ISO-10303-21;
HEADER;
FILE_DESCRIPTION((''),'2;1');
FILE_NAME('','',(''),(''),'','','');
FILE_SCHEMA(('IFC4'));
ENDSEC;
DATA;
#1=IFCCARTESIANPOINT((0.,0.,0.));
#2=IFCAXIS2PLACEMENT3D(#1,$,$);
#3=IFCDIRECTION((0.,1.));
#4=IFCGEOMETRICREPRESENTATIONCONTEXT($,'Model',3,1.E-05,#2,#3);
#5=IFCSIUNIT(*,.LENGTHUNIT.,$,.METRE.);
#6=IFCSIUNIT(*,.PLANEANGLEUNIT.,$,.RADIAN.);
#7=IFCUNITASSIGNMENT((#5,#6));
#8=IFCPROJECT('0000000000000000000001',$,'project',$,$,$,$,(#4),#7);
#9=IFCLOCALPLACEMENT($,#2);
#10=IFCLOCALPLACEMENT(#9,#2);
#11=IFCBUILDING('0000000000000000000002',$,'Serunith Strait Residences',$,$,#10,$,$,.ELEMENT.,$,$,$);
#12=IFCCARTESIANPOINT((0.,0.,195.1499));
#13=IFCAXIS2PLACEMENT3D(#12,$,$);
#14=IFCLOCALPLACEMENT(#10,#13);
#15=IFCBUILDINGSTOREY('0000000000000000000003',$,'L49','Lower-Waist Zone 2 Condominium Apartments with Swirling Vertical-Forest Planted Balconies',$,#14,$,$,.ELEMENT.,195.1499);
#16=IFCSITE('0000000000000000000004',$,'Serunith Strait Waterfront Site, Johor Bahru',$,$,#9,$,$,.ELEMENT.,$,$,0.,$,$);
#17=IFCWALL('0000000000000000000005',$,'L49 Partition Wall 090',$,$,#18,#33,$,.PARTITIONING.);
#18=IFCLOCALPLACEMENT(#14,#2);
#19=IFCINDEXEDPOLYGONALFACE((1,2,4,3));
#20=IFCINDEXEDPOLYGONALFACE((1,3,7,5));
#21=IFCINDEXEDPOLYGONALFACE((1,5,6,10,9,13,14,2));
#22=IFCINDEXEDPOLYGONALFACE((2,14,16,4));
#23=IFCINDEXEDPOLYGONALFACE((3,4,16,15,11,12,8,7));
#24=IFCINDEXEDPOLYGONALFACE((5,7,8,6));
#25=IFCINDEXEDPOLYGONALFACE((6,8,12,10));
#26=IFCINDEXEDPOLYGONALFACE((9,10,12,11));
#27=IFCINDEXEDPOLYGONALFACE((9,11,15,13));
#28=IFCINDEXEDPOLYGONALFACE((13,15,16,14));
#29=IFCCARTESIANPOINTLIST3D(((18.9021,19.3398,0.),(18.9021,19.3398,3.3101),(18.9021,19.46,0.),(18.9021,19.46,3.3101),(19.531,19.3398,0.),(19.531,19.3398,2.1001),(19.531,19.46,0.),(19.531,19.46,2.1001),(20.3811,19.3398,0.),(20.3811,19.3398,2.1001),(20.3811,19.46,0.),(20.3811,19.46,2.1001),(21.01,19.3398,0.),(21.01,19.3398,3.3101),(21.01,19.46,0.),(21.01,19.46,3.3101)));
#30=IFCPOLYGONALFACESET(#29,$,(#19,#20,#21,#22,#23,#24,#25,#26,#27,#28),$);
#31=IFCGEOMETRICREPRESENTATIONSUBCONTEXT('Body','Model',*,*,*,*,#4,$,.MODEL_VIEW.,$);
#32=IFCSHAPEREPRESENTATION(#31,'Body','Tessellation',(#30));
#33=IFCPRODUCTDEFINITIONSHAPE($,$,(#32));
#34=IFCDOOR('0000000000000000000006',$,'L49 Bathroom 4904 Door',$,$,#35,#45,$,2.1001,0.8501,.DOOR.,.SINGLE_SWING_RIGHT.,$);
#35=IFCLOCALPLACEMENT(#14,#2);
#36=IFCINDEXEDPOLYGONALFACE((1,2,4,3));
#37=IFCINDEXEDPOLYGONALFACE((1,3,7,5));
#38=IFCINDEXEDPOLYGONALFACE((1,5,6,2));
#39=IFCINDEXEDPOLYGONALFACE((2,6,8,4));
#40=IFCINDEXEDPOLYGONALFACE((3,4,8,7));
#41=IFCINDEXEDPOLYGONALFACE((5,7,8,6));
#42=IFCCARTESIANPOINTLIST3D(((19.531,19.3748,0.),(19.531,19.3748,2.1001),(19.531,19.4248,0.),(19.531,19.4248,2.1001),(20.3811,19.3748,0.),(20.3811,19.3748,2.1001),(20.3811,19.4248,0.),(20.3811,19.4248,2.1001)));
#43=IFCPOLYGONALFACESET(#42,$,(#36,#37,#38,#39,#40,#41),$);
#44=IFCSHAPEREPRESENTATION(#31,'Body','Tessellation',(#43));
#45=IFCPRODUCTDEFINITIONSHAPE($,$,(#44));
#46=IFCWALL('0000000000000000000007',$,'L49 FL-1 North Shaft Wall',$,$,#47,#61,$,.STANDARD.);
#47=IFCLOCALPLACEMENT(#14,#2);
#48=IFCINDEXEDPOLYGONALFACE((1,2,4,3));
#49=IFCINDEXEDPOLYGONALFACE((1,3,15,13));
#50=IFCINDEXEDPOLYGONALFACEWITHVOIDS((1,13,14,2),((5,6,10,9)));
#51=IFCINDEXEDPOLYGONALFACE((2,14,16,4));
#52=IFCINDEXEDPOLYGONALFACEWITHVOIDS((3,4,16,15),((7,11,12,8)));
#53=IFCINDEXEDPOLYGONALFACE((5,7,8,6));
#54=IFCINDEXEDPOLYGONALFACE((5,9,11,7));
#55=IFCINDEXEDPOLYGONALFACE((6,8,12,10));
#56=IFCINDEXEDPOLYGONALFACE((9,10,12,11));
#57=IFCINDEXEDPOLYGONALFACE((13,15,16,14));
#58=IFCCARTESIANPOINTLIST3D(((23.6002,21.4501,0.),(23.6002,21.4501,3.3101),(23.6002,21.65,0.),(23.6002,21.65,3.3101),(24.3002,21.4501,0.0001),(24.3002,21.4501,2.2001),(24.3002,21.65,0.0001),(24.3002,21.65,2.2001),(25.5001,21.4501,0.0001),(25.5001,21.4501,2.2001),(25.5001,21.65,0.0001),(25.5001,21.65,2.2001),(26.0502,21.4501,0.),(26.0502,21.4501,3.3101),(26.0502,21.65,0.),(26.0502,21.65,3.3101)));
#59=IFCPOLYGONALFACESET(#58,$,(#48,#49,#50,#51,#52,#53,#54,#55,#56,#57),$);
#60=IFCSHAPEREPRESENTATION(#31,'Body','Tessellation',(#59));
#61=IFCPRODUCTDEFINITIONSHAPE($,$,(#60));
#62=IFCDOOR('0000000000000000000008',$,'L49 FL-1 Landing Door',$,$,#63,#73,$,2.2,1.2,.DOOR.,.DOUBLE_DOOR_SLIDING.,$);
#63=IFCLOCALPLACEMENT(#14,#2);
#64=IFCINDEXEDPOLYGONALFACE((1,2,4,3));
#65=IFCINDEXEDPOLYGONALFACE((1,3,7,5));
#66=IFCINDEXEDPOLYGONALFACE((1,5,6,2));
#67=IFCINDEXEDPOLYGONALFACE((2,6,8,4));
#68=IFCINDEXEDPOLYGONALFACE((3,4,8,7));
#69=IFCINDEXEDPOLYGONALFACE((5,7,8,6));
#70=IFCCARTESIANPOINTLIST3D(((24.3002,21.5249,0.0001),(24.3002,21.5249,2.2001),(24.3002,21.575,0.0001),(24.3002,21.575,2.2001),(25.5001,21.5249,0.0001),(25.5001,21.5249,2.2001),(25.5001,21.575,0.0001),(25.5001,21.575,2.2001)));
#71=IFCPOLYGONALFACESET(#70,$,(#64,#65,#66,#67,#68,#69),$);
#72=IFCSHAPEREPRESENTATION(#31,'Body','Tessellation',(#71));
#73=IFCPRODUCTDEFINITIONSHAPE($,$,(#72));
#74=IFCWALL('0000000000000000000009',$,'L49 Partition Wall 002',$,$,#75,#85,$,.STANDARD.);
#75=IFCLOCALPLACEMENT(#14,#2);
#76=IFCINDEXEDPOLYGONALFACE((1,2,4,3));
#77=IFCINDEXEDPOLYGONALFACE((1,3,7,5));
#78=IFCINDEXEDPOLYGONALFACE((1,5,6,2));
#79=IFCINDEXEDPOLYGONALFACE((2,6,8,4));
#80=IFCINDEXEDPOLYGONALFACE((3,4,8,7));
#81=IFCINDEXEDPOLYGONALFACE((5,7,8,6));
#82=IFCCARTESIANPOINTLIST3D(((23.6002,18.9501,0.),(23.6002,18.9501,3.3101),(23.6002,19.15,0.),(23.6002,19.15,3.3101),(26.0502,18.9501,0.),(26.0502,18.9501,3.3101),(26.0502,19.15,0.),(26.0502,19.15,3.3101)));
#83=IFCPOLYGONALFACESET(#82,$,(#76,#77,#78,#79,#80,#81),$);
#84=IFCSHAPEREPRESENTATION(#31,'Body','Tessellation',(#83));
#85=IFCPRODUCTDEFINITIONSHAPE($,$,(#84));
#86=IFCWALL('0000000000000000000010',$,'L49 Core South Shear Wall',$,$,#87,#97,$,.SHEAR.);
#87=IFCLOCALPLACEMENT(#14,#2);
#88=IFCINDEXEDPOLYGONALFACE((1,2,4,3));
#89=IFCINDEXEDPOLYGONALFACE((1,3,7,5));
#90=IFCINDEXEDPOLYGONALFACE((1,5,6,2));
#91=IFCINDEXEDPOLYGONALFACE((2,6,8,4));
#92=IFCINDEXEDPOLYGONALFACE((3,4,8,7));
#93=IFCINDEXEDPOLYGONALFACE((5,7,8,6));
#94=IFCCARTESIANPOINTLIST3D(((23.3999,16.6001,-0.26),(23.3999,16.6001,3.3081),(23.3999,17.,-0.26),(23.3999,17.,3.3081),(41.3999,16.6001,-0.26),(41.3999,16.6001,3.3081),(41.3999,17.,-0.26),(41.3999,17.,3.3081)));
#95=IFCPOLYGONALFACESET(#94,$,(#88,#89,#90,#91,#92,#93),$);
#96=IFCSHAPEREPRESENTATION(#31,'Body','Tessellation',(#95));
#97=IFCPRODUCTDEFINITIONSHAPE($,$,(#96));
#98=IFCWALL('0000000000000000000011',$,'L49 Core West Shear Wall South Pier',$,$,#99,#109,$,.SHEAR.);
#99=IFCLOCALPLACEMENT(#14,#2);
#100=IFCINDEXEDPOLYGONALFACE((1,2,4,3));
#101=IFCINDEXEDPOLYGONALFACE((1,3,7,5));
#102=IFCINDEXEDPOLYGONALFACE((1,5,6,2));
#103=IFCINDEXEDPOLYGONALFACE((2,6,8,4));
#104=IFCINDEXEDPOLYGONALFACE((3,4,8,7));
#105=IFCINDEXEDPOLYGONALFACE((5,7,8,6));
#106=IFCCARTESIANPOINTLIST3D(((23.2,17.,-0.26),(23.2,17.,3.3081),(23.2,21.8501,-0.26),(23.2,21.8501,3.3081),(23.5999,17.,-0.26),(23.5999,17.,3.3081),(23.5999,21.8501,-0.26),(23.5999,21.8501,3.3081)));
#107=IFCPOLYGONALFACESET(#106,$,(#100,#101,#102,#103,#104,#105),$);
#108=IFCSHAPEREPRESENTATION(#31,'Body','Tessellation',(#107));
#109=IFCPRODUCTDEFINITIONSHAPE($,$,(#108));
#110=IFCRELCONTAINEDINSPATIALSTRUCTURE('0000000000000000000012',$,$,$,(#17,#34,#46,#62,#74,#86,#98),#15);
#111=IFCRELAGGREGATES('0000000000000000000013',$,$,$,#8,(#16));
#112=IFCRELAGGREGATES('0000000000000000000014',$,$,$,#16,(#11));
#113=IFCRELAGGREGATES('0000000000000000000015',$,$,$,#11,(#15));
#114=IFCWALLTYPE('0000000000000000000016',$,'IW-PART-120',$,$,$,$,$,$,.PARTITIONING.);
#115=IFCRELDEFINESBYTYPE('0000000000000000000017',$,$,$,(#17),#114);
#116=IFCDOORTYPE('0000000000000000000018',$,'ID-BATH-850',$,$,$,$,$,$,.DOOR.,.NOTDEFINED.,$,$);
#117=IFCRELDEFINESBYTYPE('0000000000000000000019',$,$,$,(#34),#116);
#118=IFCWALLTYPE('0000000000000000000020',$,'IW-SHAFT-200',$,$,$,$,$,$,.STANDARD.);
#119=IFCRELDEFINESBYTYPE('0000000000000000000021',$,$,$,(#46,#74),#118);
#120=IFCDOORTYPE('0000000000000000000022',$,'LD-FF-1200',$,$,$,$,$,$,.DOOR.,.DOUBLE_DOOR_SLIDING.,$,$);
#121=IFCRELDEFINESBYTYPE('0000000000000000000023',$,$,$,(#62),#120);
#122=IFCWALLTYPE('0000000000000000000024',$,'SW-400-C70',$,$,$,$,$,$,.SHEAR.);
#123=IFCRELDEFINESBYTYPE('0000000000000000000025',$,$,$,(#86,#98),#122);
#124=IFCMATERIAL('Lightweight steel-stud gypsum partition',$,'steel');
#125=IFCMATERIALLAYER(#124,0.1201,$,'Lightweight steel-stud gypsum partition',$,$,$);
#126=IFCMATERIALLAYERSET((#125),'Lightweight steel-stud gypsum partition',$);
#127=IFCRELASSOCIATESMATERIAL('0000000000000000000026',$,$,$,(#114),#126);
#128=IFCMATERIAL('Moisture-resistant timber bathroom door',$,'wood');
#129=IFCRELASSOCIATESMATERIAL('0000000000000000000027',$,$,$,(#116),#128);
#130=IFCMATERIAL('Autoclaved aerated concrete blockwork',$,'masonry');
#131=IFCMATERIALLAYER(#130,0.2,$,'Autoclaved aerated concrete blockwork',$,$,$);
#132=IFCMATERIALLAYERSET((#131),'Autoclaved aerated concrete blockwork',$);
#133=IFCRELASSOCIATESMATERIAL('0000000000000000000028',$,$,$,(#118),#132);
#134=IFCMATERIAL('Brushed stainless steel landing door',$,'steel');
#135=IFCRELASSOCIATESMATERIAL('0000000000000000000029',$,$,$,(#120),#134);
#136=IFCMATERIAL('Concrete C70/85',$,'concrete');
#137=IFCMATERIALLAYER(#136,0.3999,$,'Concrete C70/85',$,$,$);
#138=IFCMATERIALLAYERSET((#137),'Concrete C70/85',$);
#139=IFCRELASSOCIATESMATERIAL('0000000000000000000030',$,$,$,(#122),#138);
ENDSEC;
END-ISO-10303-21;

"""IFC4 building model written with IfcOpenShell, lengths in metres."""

from ifc_helpers import new_model, si_unit, direction, frame, frame_2d, origin, place, context, subcontext, project, spatial, rectangle, extrude, source, transform, mapped, material, layer, layer_set, type_object, element, fill, save


model = new_model("IFC4")

# Units and contexts
model_context = context("Model", 3, precision=1e-05, world=origin(), true_north=direction((0.0, 1.0)))
body_context = subcontext(model_context, "Body", "Model", "MODEL_VIEW")
ifc_project = project(units=[si_unit("LENGTHUNIT", "METRE"), si_unit("PLANEANGLEUNIT", "RADIAN")], contexts=[model_context])

# Site, building, storey
site_placement = place(None, origin())
site = spatial("IfcSite", under=ifc_project, at=site_placement, Name="Serunith Strait Waterfront Site, Johor Bahru", CompositionType="ELEMENT", RefElevation=0.0)
building_placement = place(site_placement, origin())
building = spatial("IfcBuilding", under=site, at=building_placement, Name="Serunith Strait Residences", CompositionType="ELEMENT")
storey_placement = place(building_placement, frame((0.0, 0.0, 195.1499)))
storey = spatial("IfcBuildingStorey", under=building, at=storey_placement, Name="L49", Description="Lower-Waist Zone 2 Condominium Apartments with Swirling Vertical-Forest Planted Balconies", CompositionType="ELEMENT", Elevation=195.1499)

# Shared definitions
ifc_material_1 = material(Name="Lightweight steel-stud gypsum partition", Category="steel")
ifc_layer_1 = layer(ifc_material_1, 0.1201, Name="Lightweight steel-stud gypsum partition")
ifc_layer_set_1 = layer_set([ifc_layer_1], Name="Lightweight steel-stud gypsum partition")
wall_type_1 = type_object("IfcWallType", Name="IW-PART-120", PredefinedType="PARTITIONING", material=ifc_layer_set_1)

# Walls, openings, doors
wall_1_placement = place(storey_placement, frame((18.9021, 19.3999, 0.0), z_axis=(0.0, 0.0, 1.0), x_axis=(1.0, 0.0, 0.0)))
wall_1 = element("IfcWall", 1, at=wall_1_placement, inside=storey, type_object=wall_type_1, Name="L49 Partition Wall 090", PredefinedType="PARTITIONING", context=body_context, shape_type="SweptSolid", body=[
    extrude(rectangle(XDim=2.1079, YDim=0.1201, at=frame_2d((1.054, 0.0))), origin(), (0.0, 0.0, 1.0), 3.3101),
])
opening_1_placement = place(wall_1_placement, frame((0.6289, 0.0, 0.0)))
opening_1 = element("IfcOpeningElement", 2, at=opening_1_placement, cuts=wall_1, PredefinedType="OPENING", context=body_context, shape_type="SweptSolid", body=[
    extrude(rectangle(XDim=0.8501, YDim=2.1001, at=frame_2d((0.425, 1.05))), frame((0.0, 0.0701, 0.0), z_axis=(0.0, -1.0, 0.0), x_axis=(1.0, 0.0, 0.0)), (0.0, 0.0, 1.0), 0.1401),
])
ifc_material_2 = material(Name="Moisture-resistant timber bathroom door", Category="wood")
door_type_1 = type_object("IfcDoorType", Name="ID-BATH-850", OperationType="NOTDEFINED", PredefinedType="DOOR", material=ifc_material_2)
shared_shape_1 = source(origin(), body_context, "Body", "SweptSolid", [
    extrude(rectangle(XDim=0.8501, YDim=2.1001, at=frame_2d((0.425, 1.05))), frame((0.0, 0.0249, 0.0), z_axis=(0.0, -1.0, 0.0), x_axis=(1.0, 0.0, 0.0)), (0.0, 0.0, 1.0), 0.05),
])
door_1_placement = place(opening_1_placement, origin())
door_1 = element("IfcDoor", 3, at=door_1_placement, inside=storey, type_object=door_type_1, Name="L49 Bathroom 4904 Door", OperationType="SINGLE_SWING_RIGHT", OverallHeight=2.1001, OverallWidth=0.8501, PredefinedType="DOOR", context=body_context, shape_type="MappedRepresentation", body=[
    mapped(shared_shape_1, transform((0.0, 0.0, 0.0), scale=1.0)),
])
fill(opening_1, door_1)
ifc_material_3 = material(Name="Autoclaved aerated concrete blockwork", Category="masonry")
ifc_layer_2 = layer(ifc_material_3, 0.2, Name="Autoclaved aerated concrete blockwork")
ifc_layer_set_2 = layer_set([ifc_layer_2], Name="Autoclaved aerated concrete blockwork")
wall_type_2 = type_object("IfcWallType", Name="IW-SHAFT-200", PredefinedType="STANDARD", material=ifc_layer_set_2)
wall_2_placement = place(storey_placement, frame((23.6001, 21.55, 0.0), z_axis=(0.0, 0.0, 1.0), x_axis=(1.0, 0.0, 0.0)))
wall_2 = element("IfcWall", 4, at=wall_2_placement, inside=storey, type_object=wall_type_2, Name="L49 FL-1 North Shaft Wall", PredefinedType="STANDARD", context=body_context, shape_type="SweptSolid", body=[
    extrude(rectangle(XDim=2.45, YDim=0.2, at=frame_2d((1.2251, 0.0))), origin(), (0.0, 0.0, 1.0), 3.3101),
])
opening_2_placement = place(wall_2_placement, frame((0.7, 0.0, 0.0)))
opening_2 = element("IfcOpeningElement", 5, at=opening_2_placement, cuts=wall_2, PredefinedType="OPENING", context=body_context, shape_type="SweptSolid", body=[
    extrude(rectangle(XDim=1.2, YDim=2.2, at=frame_2d((0.6001, 1.1001))), frame((0.0, 0.1099, 0.0), z_axis=(0.0, -1.0, 0.0), x_axis=(1.0, 0.0, 0.0)), (0.0, 0.0, 1.0), 0.22),
])
ifc_material_4 = material(Name="Brushed stainless steel landing door", Category="steel")
door_type_2 = type_object("IfcDoorType", Name="LD-FF-1200", OperationType="DOUBLE_DOOR_SLIDING", PredefinedType="DOOR", material=ifc_material_4)
shared_shape_2 = source(origin(), body_context, "Body", "SweptSolid", [
    extrude(rectangle(XDim=1.2, YDim=2.2, at=frame_2d((0.6001, 1.1001))), frame((0.0, 0.0249, 0.0), z_axis=(0.0, -1.0, 0.0), x_axis=(1.0, 0.0, 0.0)), (0.0, 0.0, 1.0), 0.05),
])
door_2_placement = place(opening_2_placement, origin())
door_2 = element("IfcDoor", 6, at=door_2_placement, inside=storey, type_object=door_type_2, Name="L49 FL-1 Landing Door", OperationType="DOUBLE_DOOR_SLIDING", OverallHeight=2.2, OverallWidth=1.2, PredefinedType="DOOR", context=body_context, shape_type="MappedRepresentation", body=[
    mapped(shared_shape_2, transform((0.0, 0.0, 0.0), scale=1.0)),
])
fill(opening_2, door_2)

# Wall
wall_3_placement = place(storey_placement, frame((23.6001, 19.05, 0.0), z_axis=(0.0, 0.0, 1.0), x_axis=(1.0, 0.0, 0.0)))
element("IfcWall", 7, at=wall_3_placement, inside=storey, type_object=wall_type_2, Name="L49 Partition Wall 002", PredefinedType="STANDARD", context=body_context, shape_type="SweptSolid", body=[
    extrude(rectangle(XDim=2.45, YDim=0.2, at=frame_2d((1.2251, 0.0))), origin(), (0.0, 0.0, 1.0), 3.3101),
])

# Walls
ifc_material_5 = material(Name="Concrete C70/85", Category="concrete")
ifc_layer_3 = layer(ifc_material_5, 0.3999, Name="Concrete C70/85")
ifc_layer_set_3 = layer_set([ifc_layer_3], Name="Concrete C70/85")
wall_type_3 = type_object("IfcWallType", Name="SW-400-C70", PredefinedType="SHEAR", material=ifc_layer_set_3)
wall_4_placement = place(storey_placement, frame((23.3999, 16.8, -0.26), z_axis=(0.0, 0.0, 1.0), x_axis=(1.0, 0.0, 0.0)))
element("IfcWall", 8, at=wall_4_placement, inside=storey, type_object=wall_type_3, Name="L49 Core South Shear Wall", PredefinedType="SHEAR", context=body_context, shape_type="SweptSolid", body=[
    extrude(rectangle(XDim=18.0, YDim=0.3999, at=frame_2d((9.0, 0.0))), origin(), (0.0, 0.0, 1.0), 3.5681),
])
wall_5_placement = place(storey_placement, frame((23.3999, 17.0, -0.26), z_axis=(0.0, 0.0, 1.0), x_axis=(0.0, 1.0, 0.0)))
element("IfcWall", 9, at=wall_5_placement, inside=storey, type_object=wall_type_3, Name="L49 Core West Shear Wall South Pier", PredefinedType="SHEAR", context=body_context, shape_type="SweptSolid", body=[
    extrude(rectangle(XDim=4.8501, YDim=0.3999, at=frame_2d((2.425, 0.0))), origin(), (0.0, 0.0, 1.0), 3.5681),
])

save(model, "model.ifc")
